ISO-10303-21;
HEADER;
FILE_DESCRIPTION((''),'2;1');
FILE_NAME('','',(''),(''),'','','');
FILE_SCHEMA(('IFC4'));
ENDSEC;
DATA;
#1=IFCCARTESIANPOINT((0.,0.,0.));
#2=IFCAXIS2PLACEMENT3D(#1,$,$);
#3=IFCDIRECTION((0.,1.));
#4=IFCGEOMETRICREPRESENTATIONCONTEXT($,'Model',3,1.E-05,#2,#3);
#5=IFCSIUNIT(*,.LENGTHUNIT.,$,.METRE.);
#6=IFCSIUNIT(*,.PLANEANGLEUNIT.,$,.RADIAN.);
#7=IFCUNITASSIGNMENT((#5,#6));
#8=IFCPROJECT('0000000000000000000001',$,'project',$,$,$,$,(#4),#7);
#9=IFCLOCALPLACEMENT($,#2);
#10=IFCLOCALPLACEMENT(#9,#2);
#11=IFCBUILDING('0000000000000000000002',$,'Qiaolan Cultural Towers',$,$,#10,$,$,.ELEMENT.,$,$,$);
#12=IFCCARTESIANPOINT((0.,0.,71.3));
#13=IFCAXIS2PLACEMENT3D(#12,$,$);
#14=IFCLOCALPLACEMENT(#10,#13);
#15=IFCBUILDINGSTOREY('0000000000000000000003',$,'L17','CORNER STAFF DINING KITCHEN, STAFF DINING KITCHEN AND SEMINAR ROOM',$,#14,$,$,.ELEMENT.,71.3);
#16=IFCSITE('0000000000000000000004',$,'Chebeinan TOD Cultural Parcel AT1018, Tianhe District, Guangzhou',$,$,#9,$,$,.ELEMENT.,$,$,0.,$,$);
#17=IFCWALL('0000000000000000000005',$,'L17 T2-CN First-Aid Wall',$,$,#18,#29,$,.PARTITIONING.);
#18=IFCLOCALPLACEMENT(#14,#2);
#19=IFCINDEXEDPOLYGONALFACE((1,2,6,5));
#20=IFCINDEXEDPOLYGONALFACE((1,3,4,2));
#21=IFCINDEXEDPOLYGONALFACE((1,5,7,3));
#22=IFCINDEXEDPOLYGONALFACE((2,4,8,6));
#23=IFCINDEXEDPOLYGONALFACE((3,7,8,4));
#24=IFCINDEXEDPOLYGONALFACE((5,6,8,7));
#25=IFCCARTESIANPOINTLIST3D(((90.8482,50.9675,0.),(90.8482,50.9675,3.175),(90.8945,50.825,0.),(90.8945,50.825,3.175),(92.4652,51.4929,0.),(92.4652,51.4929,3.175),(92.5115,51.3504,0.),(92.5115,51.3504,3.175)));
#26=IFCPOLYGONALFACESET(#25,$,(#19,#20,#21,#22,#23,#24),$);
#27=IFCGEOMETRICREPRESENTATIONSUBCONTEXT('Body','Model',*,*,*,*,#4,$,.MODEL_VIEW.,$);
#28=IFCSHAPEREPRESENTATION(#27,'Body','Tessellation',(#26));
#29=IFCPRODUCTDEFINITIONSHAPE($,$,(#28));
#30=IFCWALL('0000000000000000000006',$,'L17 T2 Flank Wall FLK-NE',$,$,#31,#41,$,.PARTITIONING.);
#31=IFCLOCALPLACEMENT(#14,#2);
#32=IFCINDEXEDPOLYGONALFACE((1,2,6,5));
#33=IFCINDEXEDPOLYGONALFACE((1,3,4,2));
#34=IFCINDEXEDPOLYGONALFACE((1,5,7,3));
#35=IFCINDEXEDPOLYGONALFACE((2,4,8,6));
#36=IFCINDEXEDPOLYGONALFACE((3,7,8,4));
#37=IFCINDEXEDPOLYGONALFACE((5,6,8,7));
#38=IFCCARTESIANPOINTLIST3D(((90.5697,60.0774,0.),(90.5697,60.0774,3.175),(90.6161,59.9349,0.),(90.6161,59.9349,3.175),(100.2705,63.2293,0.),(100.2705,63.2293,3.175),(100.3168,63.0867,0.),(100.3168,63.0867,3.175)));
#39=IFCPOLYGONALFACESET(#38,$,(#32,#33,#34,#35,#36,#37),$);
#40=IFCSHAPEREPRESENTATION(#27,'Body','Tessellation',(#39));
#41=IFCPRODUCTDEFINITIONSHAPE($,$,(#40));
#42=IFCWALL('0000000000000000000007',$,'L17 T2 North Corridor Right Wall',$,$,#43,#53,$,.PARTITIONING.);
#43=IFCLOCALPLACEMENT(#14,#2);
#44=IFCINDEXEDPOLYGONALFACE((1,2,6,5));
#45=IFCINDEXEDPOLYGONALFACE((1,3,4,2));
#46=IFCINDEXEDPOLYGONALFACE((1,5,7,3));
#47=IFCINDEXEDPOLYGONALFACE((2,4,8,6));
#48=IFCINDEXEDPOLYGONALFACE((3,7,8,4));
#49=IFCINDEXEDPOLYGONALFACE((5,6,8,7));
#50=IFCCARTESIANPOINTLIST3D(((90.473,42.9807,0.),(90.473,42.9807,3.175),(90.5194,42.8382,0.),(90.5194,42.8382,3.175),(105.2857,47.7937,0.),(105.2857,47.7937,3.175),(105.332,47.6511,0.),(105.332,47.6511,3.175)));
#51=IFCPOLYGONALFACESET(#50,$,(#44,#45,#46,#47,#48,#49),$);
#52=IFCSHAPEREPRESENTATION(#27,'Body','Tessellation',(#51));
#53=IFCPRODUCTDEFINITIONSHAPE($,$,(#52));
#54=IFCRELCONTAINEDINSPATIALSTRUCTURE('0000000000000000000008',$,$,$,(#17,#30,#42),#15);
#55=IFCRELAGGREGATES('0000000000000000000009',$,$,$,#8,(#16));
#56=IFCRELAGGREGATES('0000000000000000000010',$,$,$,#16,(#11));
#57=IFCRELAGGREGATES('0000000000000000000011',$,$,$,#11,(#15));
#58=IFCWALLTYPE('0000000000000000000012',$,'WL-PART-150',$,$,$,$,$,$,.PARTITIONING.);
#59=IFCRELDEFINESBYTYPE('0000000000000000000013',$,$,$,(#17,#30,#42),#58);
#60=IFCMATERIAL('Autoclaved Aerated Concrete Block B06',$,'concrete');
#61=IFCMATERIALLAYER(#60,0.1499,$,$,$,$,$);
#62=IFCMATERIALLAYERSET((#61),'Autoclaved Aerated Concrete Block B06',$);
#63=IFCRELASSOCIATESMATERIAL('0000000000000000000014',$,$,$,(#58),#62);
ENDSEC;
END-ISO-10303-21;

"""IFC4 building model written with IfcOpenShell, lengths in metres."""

from ifc_helpers import new_model, si_unit, direction, frame, frame_2d, origin, place, context, subcontext, project, spatial, rectangle, extrude, material, layer, layer_set, type_object, element, save


model = new_model("IFC4")

# Units and contexts
model_context = context("Model", 3, precision=1e-05, world=origin(), true_north=direction((0.0, 1.0)))
body_context = subcontext(model_context, "Body", "Model", "MODEL_VIEW")
ifc_project = project(units=[si_unit("LENGTHUNIT", "METRE"), si_unit("PLANEANGLEUNIT", "RADIAN")], contexts=[model_context])

# Site, building, storey
site_placement = place(None, origin())
site = spatial("IfcSite", under=ifc_project, at=site_placement, Name="Chebeinan TOD Cultural Parcel AT1018, Tianhe District, Guangzhou", CompositionType="ELEMENT", RefElevation=0.0)
building_placement = place(site_placement, origin())
building = spatial("IfcBuilding", under=site, at=building_placement, Name="Qiaolan Cultural Towers", CompositionType="ELEMENT")
storey_placement = place(building_placement, frame((0.0, 0.0, 71.3)))
storey = spatial("IfcBuildingStorey", under=building, at=storey_placement, Name="L17", Description="CORNER STAFF DINING KITCHEN, STAFF DINING KITCHEN AND SEMINAR ROOM", CompositionType="ELEMENT", Elevation=71.3)

# Shared definitions
ifc_material_1 = material(Name="Autoclaved Aerated Concrete Block B06", Category="concrete")
ifc_layer_1 = layer(ifc_material_1, 0.1499)
ifc_layer_set_1 = layer_set([ifc_layer_1], Name="Autoclaved Aerated Concrete Block B06")
wall_type_1 = type_object("IfcWallType", Name="WL-PART-150", PredefinedType="PARTITIONING", material=ifc_layer_set_1)

# Walls
wall_1_placement = place(storey_placement, frame((90.8713, 50.8962, 0.0), z_axis=(0.0, 0.0, 1.0), x_axis=(0.951054, 0.309024, 0.0)))
element("IfcWall", 1, at=wall_1_placement, inside=storey, type_object=wall_type_1, Name="L17 T2-CN First-Aid Wall", PredefinedType="PARTITIONING", context=body_context, shape_type="SweptSolid", body=[
    extrude(rectangle(XDim=1.7002, YDim=0.1499, at=frame_2d((0.8501, 0.0))), origin(), (0.0, 0.0, 1.0), 3.175),
])
wall_2_placement = place(storey_placement, frame((90.5928, 60.0061, 0.0), z_axis=(0.0, 0.0, 1.0), x_axis=(0.951059, 0.309009, 0.0)))
element("IfcWall", 2, at=wall_2_placement, inside=storey, type_object=wall_type_1, Name="L17 T2 Flank Wall FLK-NE", PredefinedType="PARTITIONING", context=body_context, shape_type="SweptSolid", body=[
    extrude(rectangle(XDim=10.2, YDim=0.1499, at=frame_2d((5.1001, 0.0))), origin(), (0.0, 0.0, 1.0), 3.175),
])
wall_3_placement = place(storey_placement, frame((90.4961, 42.9094, 0.0), z_axis=(0.0, 0.0, 1.0), x_axis=(0.951056, 0.309019, 0.0)))
element("IfcWall", 3, at=wall_3_placement, inside=storey, type_object=wall_type_1, Name="L17 T2 North Corridor Right Wall", PredefinedType="PARTITIONING", context=body_context, shape_type="SweptSolid", body=[
    extrude(rectangle(XDim=15.575, YDim=0.1499, at=frame_2d((7.7876, 0.0))), origin(), (0.0, 0.0, 1.0), 3.175),
])

save(model, "model.ifc")
